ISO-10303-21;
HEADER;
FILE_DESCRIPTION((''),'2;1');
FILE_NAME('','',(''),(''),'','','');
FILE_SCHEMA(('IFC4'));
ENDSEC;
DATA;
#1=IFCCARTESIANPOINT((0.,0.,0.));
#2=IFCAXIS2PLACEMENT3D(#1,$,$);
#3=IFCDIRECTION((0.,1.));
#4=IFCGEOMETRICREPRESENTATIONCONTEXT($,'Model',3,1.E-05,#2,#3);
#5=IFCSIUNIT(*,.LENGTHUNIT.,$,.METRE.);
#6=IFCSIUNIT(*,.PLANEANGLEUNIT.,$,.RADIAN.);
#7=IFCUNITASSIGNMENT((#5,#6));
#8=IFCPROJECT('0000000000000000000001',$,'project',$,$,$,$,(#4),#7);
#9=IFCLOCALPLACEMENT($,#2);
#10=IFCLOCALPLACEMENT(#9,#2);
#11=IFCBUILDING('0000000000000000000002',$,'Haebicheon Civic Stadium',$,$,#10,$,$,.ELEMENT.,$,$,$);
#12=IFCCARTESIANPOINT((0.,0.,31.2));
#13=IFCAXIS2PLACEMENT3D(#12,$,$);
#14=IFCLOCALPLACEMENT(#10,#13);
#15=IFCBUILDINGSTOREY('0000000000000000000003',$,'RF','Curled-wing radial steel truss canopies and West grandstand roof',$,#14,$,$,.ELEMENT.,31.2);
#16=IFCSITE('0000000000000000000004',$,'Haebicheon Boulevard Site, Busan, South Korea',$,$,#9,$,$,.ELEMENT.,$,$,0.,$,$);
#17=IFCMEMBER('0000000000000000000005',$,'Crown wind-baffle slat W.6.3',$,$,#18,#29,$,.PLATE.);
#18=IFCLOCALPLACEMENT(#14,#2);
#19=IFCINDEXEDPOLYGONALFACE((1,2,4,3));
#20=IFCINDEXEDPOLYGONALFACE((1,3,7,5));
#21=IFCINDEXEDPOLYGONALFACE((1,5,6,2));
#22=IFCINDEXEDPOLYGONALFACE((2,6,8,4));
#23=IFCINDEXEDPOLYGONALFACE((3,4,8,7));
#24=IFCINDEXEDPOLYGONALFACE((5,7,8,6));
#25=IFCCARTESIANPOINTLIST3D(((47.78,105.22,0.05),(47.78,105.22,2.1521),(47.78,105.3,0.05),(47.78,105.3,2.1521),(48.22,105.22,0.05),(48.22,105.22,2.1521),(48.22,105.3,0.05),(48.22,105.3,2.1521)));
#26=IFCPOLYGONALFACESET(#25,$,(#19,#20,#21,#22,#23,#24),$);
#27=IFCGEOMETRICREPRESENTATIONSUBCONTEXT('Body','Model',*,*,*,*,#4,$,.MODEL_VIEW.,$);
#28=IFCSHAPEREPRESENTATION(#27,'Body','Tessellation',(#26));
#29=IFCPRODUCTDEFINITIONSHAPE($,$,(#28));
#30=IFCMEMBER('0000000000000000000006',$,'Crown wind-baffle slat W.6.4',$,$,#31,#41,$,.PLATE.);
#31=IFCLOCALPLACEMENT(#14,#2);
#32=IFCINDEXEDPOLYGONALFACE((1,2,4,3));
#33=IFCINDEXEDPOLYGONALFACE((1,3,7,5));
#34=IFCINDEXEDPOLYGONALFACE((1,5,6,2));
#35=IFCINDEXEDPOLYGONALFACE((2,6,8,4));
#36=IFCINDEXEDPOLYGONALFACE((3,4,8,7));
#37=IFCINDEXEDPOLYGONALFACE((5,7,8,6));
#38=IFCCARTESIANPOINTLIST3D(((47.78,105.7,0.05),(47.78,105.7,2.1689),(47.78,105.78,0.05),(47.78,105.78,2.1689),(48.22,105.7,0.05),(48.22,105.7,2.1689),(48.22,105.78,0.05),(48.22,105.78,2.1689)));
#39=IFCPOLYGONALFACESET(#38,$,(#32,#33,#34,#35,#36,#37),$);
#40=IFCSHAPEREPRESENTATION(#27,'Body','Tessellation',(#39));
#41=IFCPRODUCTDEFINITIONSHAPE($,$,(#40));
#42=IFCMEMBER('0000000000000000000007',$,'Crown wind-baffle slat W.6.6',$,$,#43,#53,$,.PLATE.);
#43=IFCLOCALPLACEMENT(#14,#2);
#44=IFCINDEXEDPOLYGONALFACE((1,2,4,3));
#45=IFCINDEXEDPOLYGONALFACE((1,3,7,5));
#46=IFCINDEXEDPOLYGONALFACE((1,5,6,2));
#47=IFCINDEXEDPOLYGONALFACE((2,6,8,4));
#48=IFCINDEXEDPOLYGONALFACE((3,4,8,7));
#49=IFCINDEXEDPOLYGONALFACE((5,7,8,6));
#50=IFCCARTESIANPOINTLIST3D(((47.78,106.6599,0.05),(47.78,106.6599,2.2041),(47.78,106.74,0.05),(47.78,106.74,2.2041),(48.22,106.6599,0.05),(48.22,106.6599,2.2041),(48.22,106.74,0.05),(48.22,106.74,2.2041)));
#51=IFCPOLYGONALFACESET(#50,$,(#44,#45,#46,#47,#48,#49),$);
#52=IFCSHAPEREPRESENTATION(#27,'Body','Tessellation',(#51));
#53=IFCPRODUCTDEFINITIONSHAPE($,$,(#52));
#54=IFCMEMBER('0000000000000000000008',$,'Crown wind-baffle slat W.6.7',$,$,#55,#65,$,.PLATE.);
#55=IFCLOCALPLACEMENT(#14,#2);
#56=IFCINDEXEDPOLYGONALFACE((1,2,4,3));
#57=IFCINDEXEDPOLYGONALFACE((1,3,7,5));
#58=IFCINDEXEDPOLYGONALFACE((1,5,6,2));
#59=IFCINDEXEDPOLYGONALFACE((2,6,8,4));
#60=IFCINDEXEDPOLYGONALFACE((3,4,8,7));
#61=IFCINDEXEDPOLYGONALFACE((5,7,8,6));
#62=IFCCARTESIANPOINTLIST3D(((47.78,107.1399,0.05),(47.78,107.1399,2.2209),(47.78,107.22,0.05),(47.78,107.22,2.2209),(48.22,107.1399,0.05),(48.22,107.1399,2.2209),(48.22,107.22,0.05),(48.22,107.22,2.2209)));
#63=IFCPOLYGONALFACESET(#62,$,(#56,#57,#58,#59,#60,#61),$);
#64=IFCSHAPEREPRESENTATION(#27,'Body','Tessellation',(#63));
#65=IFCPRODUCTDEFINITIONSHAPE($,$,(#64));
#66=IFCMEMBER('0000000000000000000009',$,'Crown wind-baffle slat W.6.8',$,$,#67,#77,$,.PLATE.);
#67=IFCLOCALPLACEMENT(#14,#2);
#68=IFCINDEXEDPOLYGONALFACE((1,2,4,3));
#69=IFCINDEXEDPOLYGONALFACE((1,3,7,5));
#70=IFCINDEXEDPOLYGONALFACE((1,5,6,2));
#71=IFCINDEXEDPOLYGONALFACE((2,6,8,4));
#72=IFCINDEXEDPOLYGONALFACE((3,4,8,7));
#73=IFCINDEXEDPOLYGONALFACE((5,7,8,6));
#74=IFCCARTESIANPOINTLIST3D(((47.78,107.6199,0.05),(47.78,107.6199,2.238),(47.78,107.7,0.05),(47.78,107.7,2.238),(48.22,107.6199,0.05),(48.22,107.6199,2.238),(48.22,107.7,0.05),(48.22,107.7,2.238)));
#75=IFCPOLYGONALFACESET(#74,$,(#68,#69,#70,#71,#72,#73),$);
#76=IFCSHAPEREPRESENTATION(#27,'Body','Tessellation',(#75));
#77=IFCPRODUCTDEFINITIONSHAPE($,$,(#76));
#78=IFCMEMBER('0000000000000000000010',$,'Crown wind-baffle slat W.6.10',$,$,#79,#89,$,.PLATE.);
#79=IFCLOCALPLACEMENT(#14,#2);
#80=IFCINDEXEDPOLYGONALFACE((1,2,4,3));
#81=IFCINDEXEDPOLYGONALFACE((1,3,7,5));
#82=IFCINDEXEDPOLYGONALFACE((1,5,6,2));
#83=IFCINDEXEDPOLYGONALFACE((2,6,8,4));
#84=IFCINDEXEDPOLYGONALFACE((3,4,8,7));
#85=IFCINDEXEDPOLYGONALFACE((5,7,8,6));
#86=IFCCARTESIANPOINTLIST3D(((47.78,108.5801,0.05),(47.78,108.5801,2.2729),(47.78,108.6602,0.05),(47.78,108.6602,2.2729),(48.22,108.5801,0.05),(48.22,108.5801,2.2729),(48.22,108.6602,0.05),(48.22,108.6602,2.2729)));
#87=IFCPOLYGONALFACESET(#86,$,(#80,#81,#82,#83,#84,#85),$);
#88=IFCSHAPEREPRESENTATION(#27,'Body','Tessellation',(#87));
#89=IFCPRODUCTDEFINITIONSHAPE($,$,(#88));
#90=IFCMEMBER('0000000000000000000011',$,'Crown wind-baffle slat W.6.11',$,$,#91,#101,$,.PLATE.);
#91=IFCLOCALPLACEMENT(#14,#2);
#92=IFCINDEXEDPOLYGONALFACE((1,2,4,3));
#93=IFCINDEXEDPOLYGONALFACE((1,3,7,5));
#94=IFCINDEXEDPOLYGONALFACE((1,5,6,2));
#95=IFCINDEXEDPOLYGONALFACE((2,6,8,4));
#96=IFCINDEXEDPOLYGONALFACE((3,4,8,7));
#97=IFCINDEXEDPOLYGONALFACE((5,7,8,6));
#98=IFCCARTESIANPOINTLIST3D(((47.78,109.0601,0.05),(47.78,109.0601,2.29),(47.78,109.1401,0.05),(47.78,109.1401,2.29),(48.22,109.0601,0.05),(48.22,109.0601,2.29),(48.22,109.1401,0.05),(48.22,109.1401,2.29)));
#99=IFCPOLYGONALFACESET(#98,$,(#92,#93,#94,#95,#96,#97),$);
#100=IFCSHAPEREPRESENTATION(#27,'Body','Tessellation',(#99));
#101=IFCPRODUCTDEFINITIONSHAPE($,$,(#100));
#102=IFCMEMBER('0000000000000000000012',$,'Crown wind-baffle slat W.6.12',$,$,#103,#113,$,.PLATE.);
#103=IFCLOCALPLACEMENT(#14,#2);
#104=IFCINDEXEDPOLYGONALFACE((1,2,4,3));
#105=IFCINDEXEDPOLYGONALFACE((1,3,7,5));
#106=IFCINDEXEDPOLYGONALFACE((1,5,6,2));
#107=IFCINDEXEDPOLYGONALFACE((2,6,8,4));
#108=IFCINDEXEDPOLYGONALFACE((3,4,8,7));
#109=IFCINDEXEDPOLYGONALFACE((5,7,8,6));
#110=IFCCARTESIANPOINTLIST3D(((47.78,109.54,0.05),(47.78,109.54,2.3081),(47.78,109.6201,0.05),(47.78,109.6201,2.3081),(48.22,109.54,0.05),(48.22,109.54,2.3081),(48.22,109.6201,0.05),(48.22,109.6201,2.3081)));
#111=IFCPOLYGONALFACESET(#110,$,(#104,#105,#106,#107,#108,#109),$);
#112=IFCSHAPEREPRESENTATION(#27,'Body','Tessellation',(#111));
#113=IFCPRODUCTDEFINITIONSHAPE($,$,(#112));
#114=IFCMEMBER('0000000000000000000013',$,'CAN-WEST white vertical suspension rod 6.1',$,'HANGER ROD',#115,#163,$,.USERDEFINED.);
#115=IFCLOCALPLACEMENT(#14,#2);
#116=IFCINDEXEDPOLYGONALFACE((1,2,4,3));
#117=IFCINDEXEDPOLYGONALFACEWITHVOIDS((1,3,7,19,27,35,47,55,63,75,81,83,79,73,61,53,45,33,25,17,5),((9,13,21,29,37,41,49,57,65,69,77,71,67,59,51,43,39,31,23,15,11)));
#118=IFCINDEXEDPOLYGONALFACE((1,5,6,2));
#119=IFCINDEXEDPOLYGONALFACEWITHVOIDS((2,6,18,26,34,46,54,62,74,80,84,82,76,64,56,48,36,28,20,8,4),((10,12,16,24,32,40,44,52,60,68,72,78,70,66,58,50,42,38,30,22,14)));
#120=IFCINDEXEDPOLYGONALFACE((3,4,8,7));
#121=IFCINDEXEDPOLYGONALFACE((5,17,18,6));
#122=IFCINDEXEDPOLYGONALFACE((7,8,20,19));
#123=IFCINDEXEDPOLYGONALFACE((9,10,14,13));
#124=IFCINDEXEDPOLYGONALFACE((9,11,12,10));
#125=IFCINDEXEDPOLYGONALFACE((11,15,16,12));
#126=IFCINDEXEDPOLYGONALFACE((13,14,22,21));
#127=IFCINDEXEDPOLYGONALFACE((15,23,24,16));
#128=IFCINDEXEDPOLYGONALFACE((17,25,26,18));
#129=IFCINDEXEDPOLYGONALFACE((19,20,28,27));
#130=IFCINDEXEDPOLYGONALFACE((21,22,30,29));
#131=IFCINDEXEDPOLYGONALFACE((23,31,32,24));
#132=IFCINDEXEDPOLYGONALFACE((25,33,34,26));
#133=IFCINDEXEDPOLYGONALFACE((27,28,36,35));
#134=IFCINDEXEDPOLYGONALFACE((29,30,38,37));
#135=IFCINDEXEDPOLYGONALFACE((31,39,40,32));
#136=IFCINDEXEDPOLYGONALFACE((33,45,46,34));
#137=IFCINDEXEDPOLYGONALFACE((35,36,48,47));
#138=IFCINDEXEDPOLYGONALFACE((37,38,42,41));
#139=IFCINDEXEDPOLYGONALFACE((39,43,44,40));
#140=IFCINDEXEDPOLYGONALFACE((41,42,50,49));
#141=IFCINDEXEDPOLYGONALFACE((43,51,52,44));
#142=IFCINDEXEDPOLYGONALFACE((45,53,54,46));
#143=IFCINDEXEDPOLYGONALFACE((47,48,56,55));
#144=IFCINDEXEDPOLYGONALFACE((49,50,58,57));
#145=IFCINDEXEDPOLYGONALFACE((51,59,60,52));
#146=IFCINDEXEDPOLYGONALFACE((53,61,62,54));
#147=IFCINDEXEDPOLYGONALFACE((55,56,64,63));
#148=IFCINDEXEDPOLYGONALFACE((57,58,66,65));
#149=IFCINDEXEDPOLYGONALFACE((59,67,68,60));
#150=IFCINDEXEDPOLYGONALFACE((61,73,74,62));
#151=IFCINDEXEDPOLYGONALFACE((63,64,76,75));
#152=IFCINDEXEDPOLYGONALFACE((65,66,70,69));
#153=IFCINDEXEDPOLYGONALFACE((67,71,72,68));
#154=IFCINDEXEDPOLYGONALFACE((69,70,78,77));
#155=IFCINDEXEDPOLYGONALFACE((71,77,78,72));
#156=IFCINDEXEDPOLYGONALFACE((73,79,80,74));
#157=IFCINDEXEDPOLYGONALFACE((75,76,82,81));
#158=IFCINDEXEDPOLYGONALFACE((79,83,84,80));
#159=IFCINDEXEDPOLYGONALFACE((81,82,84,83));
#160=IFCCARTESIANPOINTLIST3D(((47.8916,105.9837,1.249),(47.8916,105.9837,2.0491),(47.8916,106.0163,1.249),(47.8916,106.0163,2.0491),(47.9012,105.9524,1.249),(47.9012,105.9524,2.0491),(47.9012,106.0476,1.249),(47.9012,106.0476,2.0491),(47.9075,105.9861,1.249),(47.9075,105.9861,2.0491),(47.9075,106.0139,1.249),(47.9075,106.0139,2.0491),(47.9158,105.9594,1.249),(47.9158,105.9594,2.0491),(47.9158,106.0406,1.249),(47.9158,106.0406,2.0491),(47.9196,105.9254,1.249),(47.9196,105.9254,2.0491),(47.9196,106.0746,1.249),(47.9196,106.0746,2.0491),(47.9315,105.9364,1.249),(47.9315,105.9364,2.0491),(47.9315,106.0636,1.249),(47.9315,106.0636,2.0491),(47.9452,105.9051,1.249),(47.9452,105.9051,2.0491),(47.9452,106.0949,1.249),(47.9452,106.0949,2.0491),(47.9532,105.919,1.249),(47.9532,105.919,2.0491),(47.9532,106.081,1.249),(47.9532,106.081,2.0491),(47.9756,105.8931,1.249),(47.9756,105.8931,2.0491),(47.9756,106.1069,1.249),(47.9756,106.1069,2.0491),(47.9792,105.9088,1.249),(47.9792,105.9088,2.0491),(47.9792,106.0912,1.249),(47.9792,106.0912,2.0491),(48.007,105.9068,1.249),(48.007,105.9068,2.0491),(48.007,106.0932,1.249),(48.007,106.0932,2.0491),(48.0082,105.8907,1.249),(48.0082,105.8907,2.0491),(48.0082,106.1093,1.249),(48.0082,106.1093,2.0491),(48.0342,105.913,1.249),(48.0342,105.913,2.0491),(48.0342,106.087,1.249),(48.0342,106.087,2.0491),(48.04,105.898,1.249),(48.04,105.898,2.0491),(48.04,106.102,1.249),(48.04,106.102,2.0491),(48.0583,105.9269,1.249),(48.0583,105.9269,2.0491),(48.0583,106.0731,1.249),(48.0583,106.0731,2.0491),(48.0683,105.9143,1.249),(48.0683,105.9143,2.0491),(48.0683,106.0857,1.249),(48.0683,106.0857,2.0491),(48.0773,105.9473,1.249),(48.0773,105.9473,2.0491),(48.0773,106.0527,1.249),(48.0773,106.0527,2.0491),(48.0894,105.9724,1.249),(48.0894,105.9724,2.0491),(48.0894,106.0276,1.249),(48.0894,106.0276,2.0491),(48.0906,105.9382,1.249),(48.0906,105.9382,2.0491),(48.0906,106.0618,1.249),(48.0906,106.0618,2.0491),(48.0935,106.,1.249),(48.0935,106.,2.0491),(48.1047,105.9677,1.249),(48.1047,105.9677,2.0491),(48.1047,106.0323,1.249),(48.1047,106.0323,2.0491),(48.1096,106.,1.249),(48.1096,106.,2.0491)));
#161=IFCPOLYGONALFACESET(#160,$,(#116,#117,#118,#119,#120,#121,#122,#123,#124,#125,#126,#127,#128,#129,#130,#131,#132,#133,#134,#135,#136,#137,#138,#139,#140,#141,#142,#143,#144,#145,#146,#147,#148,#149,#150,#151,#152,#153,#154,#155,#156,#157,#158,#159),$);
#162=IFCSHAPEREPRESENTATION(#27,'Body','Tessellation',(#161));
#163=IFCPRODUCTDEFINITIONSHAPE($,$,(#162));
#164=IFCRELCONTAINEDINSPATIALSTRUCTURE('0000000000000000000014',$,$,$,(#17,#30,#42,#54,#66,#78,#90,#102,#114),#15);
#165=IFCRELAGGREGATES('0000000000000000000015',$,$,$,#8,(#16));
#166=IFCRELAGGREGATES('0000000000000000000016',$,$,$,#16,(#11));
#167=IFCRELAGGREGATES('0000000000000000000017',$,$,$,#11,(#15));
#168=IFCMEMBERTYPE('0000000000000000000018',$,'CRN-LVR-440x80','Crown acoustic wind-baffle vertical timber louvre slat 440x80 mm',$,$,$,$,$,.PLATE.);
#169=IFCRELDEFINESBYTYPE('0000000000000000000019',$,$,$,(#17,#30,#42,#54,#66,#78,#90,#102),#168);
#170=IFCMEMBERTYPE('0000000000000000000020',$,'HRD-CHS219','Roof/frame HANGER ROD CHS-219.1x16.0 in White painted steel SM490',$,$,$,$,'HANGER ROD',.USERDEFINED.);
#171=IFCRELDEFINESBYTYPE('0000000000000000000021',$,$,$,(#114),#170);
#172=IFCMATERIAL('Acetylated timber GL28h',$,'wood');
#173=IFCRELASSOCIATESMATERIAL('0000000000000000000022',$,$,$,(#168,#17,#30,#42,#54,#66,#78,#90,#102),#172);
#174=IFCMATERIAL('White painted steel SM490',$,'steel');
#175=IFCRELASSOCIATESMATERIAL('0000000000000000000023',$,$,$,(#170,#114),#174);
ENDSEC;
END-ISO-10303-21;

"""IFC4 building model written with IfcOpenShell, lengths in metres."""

from ifc_helpers import new_model, si_unit, direction, frame, origin, origin_2d, place, context, subcontext, project, spatial, rectangle, hollow_circle, extrude, material, material_profile, profile_set, type_object, element, save


model = new_model("IFC4")

# Units and contexts
model_context = context("Model", 3, precision=1e-05, world=origin(), true_north=direction((0.0, 1.0)))
body_context = subcontext(model_context, "Body", "Model", "MODEL_VIEW")
ifc_project = project(units=[si_unit("LENGTHUNIT", "METRE"), si_unit("PLANEANGLEUNIT", "RADIAN")], contexts=[model_context])

# Site, building, storey
site_placement = place(None, origin())
site = spatial("IfcSite", under=ifc_project, at=site_placement, Name="Haebicheon Boulevard Site, Busan, South Korea", CompositionType="ELEMENT", RefElevation=0.0)
building_placement = place(site_placement, origin())
building = spatial("IfcBuilding", under=site, at=building_placement, Name="Haebicheon Civic Stadium", CompositionType="ELEMENT")
storey_placement = place(building_placement, frame((0.0, 0.0, 31.2)))
storey = spatial("IfcBuildingStorey", under=building, at=storey_placement, Name="RF", Description="Curled-wing radial steel truss canopies and West grandstand roof", CompositionType="ELEMENT", Elevation=31.2)

# Members
ifc_material_1 = material(Name="Acetylated timber GL28h", Category="wood")
ifc_material_profile_1 = material_profile(ifc_material_1, rectangle(XDim=0.0801, YDim=0.4399, at=origin_2d()), Name="TMB-LOUV-80x440")
ifc_profile_set_1 = profile_set([ifc_material_profile_1], Name="Acetylated timber GL28h")
member_type_1 = type_object("IfcMemberType", Name="CRN-LVR-440x80", Description="Crown acoustic wind-baffle vertical timber louvre slat 440x80 mm", PredefinedType="PLATE", material=ifc_profile_set_1)
member_1_placement = place(storey_placement, frame((48.0, 105.26, 0.05), z_axis=(0.0, 0.0, 1.0), x_axis=(0.0, 1.0, 0.0)))
element("IfcMember", 1, at=member_1_placement, inside=storey, type_object=member_type_1, material=ifc_profile_set_1, Name="Crown wind-baffle slat W.6.3", PredefinedType="PLATE", context=body_context, shape_type="SweptSolid", body=[
    extrude(rectangle(XDim=0.0801, YDim=0.4399, at=origin_2d()), origin(), (0.0, 0.0, 1.0), 2.1021),
])
member_2_placement = place(storey_placement, frame((48.0, 105.74, 0.05), z_axis=(0.0, 0.0, 1.0), x_axis=(0.0, 1.0, 0.0)))
element("IfcMember", 2, at=member_2_placement, inside=storey, type_object=member_type_1, material=ifc_profile_set_1, Name="Crown wind-baffle slat W.6.4", PredefinedType="PLATE", context=body_context, shape_type="SweptSolid", body=[
    extrude(rectangle(XDim=0.0801, YDim=0.4399, at=origin_2d()), origin(), (0.0, 0.0, 1.0), 2.1189),
])
member_3_placement = place(storey_placement, frame((48.0, 106.7, 0.05), z_axis=(0.0, 0.0, 1.0), x_axis=(0.0, 1.0, 0.0)))
element("IfcMember", 3, at=member_3_placement, inside=storey, type_object=member_type_1, material=ifc_profile_set_1, Name="Crown wind-baffle slat W.6.6", PredefinedType="PLATE", context=body_context, shape_type="SweptSolid", body=[
    extrude(rectangle(XDim=0.0801, YDim=0.4399, at=origin_2d()), origin(), (0.0, 0.0, 1.0), 2.1541),
])
member_4_placement = place(storey_placement, frame((48.0, 107.1799, 0.05), z_axis=(0.0, 0.0, 1.0), x_axis=(0.0, 1.0, 0.0)))
element("IfcMember", 4, at=member_4_placement, inside=storey, type_object=member_type_1, material=ifc_profile_set_1, Name="Crown wind-baffle slat W.6.7", PredefinedType="PLATE", context=body_context, shape_type="SweptSolid", body=[
    extrude(rectangle(XDim=0.0801, YDim=0.4399, at=origin_2d()), origin(), (0.0, 0.0, 1.0), 2.1709),
])
member_5_placement = place(storey_placement, frame((48.0, 107.6599, 0.05), z_axis=(0.0, 0.0, 1.0), x_axis=(0.0, 1.0, 0.0)))
element("IfcMember", 5, at=member_5_placement, inside=storey, type_object=member_type_1, material=ifc_profile_set_1, Name="Crown wind-baffle slat W.6.8", PredefinedType="PLATE", context=body_context, shape_type="SweptSolid", body=[
    extrude(rectangle(XDim=0.0801, YDim=0.4399, at=origin_2d()), origin(), (0.0, 0.0, 1.0), 2.188),
])
member_6_placement = place(storey_placement, frame((48.0, 108.6201, 0.05), z_axis=(0.0, 0.0, 1.0), x_axis=(0.0, 1.0, 0.0)))
element("IfcMember", 6, at=member_6_placement, inside=storey, type_object=member_type_1, material=ifc_profile_set_1, Name="Crown wind-baffle slat W.6.10", PredefinedType="PLATE", context=body_context, shape_type="SweptSolid", body=[
    extrude(rectangle(XDim=0.0801, YDim=0.4399, at=origin_2d()), origin(), (0.0, 0.0, 1.0), 2.2229),
])
member_7_placement = place(storey_placement, frame((48.0, 109.1001, 0.05), z_axis=(0.0, 0.0, 1.0), x_axis=(0.0, 1.0, 0.0)))
element("IfcMember", 7, at=member_7_placement, inside=storey, type_object=member_type_1, material=ifc_profile_set_1, Name="Crown wind-baffle slat W.6.11", PredefinedType="PLATE", context=body_context, shape_type="SweptSolid", body=[
    extrude(rectangle(XDim=0.0801, YDim=0.4399, at=origin_2d()), origin(), (0.0, 0.0, 1.0), 2.24),
])
member_8_placement = place(storey_placement, frame((48.0, 109.5801, 0.05), z_axis=(0.0, 0.0, 1.0), x_axis=(0.0, 1.0, 0.0)))
element("IfcMember", 8, at=member_8_placement, inside=storey, type_object=member_type_1, material=ifc_profile_set_1, Name="Crown wind-baffle slat W.6.12", PredefinedType="PLATE", context=body_context, shape_type="SweptSolid", body=[
    extrude(rectangle(XDim=0.0801, YDim=0.4399, at=origin_2d()), origin(), (0.0, 0.0, 1.0), 2.2581),
])
ifc_material_2 = material(Name="White painted steel SM490", Category="steel")
ifc_material_profile_2 = material_profile(ifc_material_2, hollow_circle(Radius=0.1096, WallThickness=0.0161, at=origin_2d()), Name="CHS-219.1x16.0")
ifc_profile_set_2 = profile_set([ifc_material_profile_2], Name="White painted steel SM490")
member_type_2 = type_object("IfcMemberType", Name="HRD-CHS219", Description="Roof/frame HANGER ROD CHS-219.1x16.0 in White painted steel SM490", ElementType="HANGER ROD", PredefinedType="USERDEFINED", material=ifc_profile_set_2)
for number, where, z_axis, x_axis, name in (
    (9, (48.0, 106.0, 1.249), (0.0, 0.0, 1.0), (1.0, 0.0, 0.0), "CAN-WEST white vertical suspension rod 6.1"),
):
    element("IfcMember", number, at=place(storey_placement, frame(where, z_axis=z_axis, x_axis=x_axis)), inside=storey, type_object=member_type_2, material=ifc_profile_set_2, Name=name, ObjectType="HANGER ROD", PredefinedType="USERDEFINED", context=body_context, shape_type="SweptSolid", body=[
        extrude(hollow_circle(Radius=0.1096, WallThickness=0.0161, at=origin_2d()), origin(), (0.0, 0.0, 1.0), 0.8),
    ])

save(model, "model.ifc")
